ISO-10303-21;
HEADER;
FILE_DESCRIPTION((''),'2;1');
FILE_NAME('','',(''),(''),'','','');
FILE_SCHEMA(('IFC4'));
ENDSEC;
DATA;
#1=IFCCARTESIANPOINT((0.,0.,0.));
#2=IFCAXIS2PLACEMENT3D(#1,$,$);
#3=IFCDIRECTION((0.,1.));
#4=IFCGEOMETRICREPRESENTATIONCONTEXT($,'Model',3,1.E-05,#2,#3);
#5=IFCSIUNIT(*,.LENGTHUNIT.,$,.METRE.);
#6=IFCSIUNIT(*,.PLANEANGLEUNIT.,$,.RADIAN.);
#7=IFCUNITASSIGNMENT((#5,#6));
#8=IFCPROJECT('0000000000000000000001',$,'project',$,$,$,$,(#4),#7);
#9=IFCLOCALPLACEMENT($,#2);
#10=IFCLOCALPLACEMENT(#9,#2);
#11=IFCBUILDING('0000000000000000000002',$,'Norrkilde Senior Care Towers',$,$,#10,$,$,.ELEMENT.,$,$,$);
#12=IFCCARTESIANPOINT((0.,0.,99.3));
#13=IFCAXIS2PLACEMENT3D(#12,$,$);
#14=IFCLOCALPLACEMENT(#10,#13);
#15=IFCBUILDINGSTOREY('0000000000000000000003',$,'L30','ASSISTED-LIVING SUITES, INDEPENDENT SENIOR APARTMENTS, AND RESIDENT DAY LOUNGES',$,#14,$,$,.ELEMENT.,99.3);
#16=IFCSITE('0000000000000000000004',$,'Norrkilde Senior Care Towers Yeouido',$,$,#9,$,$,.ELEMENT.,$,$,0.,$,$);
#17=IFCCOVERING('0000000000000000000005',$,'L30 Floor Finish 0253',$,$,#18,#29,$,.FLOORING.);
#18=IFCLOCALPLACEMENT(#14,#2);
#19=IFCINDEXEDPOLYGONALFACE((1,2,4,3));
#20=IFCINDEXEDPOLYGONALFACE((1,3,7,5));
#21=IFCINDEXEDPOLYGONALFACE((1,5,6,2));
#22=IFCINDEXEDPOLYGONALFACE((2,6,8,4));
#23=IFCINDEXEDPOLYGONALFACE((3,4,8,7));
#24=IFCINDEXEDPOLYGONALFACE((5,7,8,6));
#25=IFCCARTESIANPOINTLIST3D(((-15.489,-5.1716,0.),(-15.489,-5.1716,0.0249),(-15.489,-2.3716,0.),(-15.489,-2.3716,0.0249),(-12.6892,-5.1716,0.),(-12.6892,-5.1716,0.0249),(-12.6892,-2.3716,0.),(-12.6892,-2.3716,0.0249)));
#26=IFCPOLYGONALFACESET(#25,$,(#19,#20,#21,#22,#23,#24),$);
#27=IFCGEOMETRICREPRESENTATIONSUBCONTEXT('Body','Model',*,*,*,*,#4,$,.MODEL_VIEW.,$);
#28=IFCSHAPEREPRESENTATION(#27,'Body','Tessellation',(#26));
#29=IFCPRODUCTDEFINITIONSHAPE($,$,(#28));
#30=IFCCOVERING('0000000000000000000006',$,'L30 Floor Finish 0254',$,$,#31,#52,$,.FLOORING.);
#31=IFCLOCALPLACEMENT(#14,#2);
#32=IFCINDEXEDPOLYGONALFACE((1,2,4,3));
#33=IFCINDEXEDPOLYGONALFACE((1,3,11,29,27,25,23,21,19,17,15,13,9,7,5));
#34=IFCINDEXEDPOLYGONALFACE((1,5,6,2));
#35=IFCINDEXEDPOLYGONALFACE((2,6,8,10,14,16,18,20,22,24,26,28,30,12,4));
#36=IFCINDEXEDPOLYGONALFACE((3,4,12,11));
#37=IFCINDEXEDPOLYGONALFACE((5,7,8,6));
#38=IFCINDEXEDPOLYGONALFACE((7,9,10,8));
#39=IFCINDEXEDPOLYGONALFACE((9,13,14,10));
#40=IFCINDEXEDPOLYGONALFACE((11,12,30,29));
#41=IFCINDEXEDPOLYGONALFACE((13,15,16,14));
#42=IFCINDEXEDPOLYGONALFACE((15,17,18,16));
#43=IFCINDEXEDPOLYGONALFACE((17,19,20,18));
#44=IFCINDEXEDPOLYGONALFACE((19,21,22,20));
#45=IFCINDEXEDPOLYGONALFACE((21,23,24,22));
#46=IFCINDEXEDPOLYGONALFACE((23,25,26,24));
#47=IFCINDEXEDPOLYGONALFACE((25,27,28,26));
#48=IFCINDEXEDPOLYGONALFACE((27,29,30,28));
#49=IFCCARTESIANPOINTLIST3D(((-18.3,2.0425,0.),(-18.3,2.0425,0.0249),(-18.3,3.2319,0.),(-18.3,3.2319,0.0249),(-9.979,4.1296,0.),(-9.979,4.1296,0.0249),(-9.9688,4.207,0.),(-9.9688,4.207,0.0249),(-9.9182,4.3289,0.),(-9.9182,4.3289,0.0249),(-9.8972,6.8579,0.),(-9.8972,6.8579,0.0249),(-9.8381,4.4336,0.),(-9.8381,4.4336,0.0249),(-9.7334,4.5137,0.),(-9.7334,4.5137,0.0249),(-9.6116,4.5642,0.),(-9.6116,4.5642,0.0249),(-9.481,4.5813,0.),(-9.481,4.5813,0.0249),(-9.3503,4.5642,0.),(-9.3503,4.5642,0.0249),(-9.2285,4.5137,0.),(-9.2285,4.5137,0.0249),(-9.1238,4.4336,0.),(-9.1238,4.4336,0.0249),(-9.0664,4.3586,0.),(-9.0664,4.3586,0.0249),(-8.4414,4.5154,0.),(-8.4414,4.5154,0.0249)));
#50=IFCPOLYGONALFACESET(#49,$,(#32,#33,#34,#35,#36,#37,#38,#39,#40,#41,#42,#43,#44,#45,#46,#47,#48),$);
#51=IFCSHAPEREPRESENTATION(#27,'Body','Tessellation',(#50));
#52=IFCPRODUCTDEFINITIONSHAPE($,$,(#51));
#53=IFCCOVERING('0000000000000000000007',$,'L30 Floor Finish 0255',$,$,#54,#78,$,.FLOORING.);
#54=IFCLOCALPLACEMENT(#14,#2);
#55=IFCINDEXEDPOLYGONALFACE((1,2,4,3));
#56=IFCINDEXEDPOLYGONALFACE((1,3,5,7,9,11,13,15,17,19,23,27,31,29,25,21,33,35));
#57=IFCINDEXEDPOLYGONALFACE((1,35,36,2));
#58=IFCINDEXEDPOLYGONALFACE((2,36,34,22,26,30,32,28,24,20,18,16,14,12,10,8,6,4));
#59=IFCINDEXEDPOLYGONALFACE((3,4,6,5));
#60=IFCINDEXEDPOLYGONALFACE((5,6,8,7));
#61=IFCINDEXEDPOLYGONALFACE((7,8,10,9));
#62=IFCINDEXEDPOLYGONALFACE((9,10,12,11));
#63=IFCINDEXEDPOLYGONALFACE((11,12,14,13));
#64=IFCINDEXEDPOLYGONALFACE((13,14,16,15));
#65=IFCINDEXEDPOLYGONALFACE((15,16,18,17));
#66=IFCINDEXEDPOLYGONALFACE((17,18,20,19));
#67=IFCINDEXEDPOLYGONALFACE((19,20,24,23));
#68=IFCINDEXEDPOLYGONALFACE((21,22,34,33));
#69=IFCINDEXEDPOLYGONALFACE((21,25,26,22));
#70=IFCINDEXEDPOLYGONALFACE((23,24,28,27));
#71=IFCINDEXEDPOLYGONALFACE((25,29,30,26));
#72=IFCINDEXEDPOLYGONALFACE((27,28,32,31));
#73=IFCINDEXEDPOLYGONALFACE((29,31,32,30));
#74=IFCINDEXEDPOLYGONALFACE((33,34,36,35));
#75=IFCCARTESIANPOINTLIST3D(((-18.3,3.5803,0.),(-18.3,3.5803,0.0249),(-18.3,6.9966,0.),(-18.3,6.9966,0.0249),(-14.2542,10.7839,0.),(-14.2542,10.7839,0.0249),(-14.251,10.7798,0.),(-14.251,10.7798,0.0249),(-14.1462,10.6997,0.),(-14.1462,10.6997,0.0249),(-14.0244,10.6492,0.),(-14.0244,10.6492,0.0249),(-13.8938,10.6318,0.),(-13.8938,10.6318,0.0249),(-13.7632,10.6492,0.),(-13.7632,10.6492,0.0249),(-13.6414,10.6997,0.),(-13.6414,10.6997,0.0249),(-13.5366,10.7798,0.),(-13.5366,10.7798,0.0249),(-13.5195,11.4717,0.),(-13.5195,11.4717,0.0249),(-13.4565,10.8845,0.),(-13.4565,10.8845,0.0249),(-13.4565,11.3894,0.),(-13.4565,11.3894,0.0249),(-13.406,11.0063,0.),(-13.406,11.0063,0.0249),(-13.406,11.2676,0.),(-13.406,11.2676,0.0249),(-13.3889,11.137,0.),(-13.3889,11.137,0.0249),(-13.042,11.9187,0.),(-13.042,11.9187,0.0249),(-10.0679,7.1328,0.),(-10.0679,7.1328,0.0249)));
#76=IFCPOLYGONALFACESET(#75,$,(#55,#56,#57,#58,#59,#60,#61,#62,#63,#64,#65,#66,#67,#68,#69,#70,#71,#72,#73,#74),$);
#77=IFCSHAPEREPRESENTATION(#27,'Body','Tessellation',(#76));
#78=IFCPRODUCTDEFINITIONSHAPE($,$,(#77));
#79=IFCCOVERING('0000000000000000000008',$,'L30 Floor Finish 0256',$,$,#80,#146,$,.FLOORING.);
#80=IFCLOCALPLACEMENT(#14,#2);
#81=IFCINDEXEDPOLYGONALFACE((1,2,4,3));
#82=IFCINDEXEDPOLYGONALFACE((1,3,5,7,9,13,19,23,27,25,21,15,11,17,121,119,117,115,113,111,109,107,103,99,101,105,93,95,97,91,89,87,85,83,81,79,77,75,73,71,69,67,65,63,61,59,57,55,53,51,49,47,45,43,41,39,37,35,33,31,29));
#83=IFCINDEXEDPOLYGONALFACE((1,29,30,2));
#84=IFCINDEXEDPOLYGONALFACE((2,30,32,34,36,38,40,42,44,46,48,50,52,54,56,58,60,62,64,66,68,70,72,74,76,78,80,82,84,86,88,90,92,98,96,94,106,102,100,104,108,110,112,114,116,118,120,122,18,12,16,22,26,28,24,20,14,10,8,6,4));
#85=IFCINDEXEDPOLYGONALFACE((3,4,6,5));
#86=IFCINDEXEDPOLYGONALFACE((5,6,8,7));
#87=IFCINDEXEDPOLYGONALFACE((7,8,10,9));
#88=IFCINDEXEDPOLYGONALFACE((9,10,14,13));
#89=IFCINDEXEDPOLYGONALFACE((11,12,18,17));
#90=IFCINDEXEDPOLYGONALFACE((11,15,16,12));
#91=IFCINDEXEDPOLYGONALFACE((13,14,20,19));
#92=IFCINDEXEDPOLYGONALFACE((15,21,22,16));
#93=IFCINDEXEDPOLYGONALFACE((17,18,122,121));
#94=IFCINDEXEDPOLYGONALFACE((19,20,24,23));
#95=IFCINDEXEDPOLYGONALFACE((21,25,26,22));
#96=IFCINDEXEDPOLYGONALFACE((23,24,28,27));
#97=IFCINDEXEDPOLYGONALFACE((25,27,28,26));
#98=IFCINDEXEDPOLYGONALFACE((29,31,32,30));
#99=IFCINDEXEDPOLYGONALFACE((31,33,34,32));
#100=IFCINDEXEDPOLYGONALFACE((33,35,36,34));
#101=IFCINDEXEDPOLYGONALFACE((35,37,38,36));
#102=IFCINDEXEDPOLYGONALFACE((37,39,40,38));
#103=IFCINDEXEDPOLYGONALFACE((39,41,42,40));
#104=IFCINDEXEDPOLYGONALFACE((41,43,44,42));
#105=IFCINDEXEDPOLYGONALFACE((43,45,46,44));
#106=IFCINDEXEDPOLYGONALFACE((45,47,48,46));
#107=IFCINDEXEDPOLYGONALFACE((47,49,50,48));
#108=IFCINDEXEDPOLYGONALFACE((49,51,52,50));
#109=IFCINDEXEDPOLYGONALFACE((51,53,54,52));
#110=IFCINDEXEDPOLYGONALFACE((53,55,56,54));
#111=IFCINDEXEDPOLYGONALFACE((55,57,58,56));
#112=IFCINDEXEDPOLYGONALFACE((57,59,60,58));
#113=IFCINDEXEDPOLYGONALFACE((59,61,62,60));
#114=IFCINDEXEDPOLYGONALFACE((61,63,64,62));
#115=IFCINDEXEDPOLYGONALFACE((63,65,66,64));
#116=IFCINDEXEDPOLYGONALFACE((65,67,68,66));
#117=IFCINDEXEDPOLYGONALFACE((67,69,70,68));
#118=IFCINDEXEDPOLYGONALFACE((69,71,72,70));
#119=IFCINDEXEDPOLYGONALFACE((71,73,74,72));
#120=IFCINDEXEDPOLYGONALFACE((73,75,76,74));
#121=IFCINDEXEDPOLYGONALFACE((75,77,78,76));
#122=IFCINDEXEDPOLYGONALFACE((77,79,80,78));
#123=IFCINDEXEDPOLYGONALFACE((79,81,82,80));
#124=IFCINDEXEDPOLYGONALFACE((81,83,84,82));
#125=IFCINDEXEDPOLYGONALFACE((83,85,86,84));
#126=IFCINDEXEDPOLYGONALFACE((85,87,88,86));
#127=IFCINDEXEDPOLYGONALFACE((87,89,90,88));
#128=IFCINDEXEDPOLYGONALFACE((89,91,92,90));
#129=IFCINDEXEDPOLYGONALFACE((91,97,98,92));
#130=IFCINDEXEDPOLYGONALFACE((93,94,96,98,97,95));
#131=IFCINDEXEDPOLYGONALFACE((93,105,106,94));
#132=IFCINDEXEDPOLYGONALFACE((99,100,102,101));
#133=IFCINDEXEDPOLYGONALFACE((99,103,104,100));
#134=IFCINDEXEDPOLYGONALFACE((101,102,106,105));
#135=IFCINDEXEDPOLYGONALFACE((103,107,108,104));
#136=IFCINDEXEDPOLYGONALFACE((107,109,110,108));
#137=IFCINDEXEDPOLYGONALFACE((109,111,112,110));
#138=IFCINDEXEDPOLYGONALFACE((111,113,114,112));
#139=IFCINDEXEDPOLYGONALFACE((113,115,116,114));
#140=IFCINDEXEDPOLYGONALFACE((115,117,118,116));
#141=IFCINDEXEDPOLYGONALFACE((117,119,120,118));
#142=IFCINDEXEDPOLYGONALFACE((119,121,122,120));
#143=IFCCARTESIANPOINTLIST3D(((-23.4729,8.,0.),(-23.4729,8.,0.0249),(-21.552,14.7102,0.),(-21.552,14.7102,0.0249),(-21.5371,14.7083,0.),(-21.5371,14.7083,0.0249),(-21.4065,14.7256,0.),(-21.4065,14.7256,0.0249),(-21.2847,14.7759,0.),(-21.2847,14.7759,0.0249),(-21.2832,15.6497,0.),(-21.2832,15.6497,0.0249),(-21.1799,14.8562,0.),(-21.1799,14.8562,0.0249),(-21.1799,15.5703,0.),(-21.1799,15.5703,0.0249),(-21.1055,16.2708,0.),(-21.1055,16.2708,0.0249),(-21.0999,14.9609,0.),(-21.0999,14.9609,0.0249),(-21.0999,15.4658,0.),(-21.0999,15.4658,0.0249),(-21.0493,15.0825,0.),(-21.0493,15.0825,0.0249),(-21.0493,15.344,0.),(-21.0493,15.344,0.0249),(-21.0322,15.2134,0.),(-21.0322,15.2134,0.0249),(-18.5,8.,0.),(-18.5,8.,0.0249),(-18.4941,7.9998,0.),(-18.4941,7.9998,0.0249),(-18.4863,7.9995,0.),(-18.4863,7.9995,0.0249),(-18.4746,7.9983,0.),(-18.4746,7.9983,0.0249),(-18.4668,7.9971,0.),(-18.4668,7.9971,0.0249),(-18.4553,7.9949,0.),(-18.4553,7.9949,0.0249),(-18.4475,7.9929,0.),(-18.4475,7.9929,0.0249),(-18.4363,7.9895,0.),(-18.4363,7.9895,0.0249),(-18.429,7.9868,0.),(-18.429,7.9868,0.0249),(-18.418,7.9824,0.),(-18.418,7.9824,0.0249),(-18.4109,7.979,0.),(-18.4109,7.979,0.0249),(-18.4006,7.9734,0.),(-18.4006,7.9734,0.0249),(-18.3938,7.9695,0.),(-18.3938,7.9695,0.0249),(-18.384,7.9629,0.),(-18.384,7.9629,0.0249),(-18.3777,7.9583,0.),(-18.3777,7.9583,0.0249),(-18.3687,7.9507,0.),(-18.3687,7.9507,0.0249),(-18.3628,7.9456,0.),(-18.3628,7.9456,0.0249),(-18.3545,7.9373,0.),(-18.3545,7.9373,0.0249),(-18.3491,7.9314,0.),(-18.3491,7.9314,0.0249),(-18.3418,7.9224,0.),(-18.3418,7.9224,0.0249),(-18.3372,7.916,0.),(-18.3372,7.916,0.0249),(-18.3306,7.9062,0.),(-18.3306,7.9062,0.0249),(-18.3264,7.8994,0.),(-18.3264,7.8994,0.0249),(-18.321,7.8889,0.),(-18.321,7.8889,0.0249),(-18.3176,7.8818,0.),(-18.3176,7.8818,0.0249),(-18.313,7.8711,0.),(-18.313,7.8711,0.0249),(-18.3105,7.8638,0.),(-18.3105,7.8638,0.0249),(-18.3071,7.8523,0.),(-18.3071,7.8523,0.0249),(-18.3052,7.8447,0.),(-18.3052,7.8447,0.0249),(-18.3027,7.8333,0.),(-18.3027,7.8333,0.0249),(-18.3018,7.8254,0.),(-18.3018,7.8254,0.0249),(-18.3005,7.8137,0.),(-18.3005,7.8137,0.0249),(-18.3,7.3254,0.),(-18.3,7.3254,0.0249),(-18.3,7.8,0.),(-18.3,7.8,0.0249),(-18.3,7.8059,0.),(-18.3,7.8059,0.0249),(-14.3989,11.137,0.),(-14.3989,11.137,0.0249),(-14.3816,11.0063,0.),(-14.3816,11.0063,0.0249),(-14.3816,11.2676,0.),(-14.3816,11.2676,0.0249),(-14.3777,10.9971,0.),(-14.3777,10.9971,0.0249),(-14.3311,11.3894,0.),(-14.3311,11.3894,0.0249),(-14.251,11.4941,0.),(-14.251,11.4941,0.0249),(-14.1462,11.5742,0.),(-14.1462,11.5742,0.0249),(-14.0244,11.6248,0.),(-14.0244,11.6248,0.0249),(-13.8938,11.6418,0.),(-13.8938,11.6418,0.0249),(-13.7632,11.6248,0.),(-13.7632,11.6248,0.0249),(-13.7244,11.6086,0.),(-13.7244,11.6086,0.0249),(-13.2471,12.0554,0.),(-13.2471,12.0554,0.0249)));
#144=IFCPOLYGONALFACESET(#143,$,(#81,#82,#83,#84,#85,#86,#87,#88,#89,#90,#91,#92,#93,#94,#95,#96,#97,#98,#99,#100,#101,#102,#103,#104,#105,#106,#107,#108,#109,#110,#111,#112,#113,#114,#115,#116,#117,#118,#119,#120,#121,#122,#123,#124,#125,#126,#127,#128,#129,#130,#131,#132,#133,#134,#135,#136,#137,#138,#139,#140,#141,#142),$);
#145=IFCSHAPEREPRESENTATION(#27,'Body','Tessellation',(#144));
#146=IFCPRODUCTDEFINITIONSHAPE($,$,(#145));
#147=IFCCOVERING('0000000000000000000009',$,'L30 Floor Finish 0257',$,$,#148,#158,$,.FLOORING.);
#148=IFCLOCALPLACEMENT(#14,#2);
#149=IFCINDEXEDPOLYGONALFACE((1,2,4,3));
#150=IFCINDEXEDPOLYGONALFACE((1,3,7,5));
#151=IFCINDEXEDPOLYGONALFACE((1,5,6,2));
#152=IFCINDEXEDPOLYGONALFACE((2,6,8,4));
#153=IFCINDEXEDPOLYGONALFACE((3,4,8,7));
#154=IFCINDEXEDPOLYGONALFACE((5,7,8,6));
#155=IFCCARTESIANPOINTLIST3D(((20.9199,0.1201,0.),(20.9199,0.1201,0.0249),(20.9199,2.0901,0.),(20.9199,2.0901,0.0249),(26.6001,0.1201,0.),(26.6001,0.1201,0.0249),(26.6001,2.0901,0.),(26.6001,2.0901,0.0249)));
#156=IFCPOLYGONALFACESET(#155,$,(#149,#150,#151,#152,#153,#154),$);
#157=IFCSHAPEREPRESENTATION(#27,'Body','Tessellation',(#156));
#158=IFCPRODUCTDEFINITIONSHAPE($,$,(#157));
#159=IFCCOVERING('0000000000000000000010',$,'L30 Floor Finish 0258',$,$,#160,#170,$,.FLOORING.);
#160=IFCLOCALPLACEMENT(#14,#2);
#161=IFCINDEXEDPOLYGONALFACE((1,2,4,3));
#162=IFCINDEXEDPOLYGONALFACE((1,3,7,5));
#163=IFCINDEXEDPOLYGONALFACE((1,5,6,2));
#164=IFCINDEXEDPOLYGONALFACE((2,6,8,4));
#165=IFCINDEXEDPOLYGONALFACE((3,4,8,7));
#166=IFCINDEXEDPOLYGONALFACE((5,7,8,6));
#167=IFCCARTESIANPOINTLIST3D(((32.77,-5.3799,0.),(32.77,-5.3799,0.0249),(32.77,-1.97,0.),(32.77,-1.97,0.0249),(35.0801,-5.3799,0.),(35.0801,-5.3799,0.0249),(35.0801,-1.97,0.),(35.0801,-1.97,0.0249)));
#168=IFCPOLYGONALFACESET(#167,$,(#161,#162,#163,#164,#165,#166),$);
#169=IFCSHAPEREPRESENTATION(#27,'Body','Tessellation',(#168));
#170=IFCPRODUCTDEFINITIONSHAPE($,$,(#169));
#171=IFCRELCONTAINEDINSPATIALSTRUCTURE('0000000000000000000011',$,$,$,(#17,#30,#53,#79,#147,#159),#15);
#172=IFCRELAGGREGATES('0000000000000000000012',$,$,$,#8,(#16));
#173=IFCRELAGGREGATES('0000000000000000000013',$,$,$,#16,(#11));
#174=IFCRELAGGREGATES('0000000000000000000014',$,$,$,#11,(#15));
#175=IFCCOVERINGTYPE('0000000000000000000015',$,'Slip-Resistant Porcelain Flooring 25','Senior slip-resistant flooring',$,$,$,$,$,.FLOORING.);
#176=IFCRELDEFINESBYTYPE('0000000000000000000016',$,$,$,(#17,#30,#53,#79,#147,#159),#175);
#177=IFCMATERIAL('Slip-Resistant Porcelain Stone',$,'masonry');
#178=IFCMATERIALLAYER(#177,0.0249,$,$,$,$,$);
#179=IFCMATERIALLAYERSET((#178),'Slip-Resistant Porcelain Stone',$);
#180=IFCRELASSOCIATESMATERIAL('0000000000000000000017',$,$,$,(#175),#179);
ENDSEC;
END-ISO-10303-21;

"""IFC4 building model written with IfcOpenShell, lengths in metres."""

from ifc_helpers import new_model, si_unit, direction, frame, origin, place, context, subcontext, project, spatial, polyline, outline, extrude, material, layer, layer_set, type_object, element, save


model = new_model("IFC4")

# Units and contexts
model_context = context("Model", 3, precision=1e-05, world=origin(), true_north=direction((0.0, 1.0)))
body_context = subcontext(model_context, "Body", "Model", "MODEL_VIEW")
ifc_project = project(units=[si_unit("LENGTHUNIT", "METRE"), si_unit("PLANEANGLEUNIT", "RADIAN")], contexts=[model_context])

# Site, building, storey
site_placement = place(None, origin())
site = spatial("IfcSite", under=ifc_project, at=site_placement, Name="Norrkilde Senior Care Towers Yeouido", CompositionType="ELEMENT", RefElevation=0.0)
building_placement = place(site_placement, origin())
building = spatial("IfcBuilding", under=site, at=building_placement, Name="Norrkilde Senior Care Towers", CompositionType="ELEMENT")
storey_placement = place(building_placement, frame((0.0, 0.0, 99.3)))
storey = spatial("IfcBuildingStorey", under=building, at=storey_placement, Name="L30", Description="ASSISTED-LIVING SUITES, INDEPENDENT SENIOR APARTMENTS, AND RESIDENT DAY LOUNGES", CompositionType="ELEMENT", Elevation=99.3)

# Coverings
ifc_material_1 = material(Name="Slip-Resistant Porcelain Stone", Category="masonry")
ifc_layer_1 = layer(ifc_material_1, 0.0249)
ifc_layer_set_1 = layer_set([ifc_layer_1], Name="Slip-Resistant Porcelain Stone")
covering_type_1 = type_object("IfcCoveringType", Name="Slip-Resistant Porcelain Flooring 25", Description="Senior slip-resistant flooring", PredefinedType="FLOORING", material=ifc_layer_set_1)
covering_1_placement = place(storey_placement, origin())
element("IfcCovering", 1, at=covering_1_placement, inside=storey, type_object=covering_type_1, Name="L30 Floor Finish 0253", PredefinedType="FLOORING", context=body_context, shape_type="SweptSolid", body=[
    extrude(outline(polyline([(-15.489, -5.1716), (-15.489, -2.3716), (-12.6892, -2.3716), (-12.6892, -5.1716), (-15.489, -5.1716)])), origin(), (0.0, 0.0, 1.0), 0.0249),
])
covering_2_placement = place(storey_placement, origin())
element("IfcCovering", 2, at=covering_2_placement, inside=storey, type_object=covering_type_1, Name="L30 Floor Finish 0254", PredefinedType="FLOORING", context=body_context, shape_type="SweptSolid", body=[
    extrude(outline(polyline([(-9.0664, 4.3586), (-9.1238, 4.4336), (-9.2285, 4.5137), (-9.3503, 4.5642), (-9.481, 4.5813), (-9.6116, 4.5642), (-9.7334, 4.5137), (-9.8381, 4.4336), (-9.9182, 4.3289), (-9.9688, 4.207), (-9.979, 4.1296), (-18.3, 2.0425), (-18.3, 3.2319), (-9.8972, 6.8579), (-8.4414, 4.5154), (-9.0664, 4.3586)])), origin(), (0.0, 0.0, 1.0), 0.0249),
])
covering_3_placement = place(storey_placement, origin())
element("IfcCovering", 3, at=covering_3_placement, inside=storey, type_object=covering_type_1, Name="L30 Floor Finish 0255", PredefinedType="FLOORING", context=body_context, shape_type="SweptSolid", body=[
    extrude(outline(polyline([(-10.0679, 7.1328), (-18.3, 3.5803), (-18.3, 6.9966), (-14.2542, 10.7839), (-14.251, 10.7798), (-14.1462, 10.6997), (-14.0244, 10.6492), (-13.8938, 10.6318), (-13.7632, 10.6492), (-13.6414, 10.6997), (-13.5366, 10.7798), (-13.4565, 10.8845), (-13.406, 11.0063), (-13.3889, 11.137), (-13.406, 11.2676), (-13.4565, 11.3894), (-13.5195, 11.4717), (-13.042, 11.9187), (-10.0679, 7.1328)])), origin(), (0.0, 0.0, 1.0), 0.0249),
])
covering_4_placement = place(storey_placement, origin())
element("IfcCovering", 4, at=covering_4_placement, inside=storey, type_object=covering_type_1, Name="L30 Floor Finish 0256", PredefinedType="FLOORING", context=body_context, shape_type="SweptSolid", body=[
    extrude(outline(polyline([(-18.3027, 7.8333), (-18.3052, 7.8447), (-18.3071, 7.8523), (-18.3105, 7.8638), (-18.313, 7.8711), (-18.3176, 7.8818), (-18.321, 7.8889), (-18.3264, 7.8994), (-18.3306, 7.9062), (-18.3372, 7.916), (-18.3418, 7.9224), (-18.3491, 7.9314), (-18.3545, 7.9373), (-18.3628, 7.9456), (-18.3687, 7.9507), (-18.3777, 7.9583), (-18.384, 7.9629), (-18.3938, 7.9695), (-18.4006, 7.9734), (-18.4109, 7.979), (-18.418, 7.9824), (-18.429, 7.9868), (-18.4363, 7.9895), (-18.4475, 7.9929), (-18.4553, 7.9949), (-18.4668, 7.9971), (-18.4746, 7.9983), (-18.4863, 7.9995), (-18.4941, 7.9998), (-18.5, 8.0), (-23.4729, 8.0), (-21.552, 14.7102), (-21.5371, 14.7083), (-21.4065, 14.7256), (-21.2847, 14.7759), (-21.1799, 14.8562), (-21.0999, 14.9609), (-21.0493, 15.0825), (-21.0322, 15.2134), (-21.0493, 15.344), (-21.0999, 15.4658), (-21.1799, 15.5703), (-21.2832, 15.6497), (-21.1055, 16.2708), (-13.2471, 12.0554), (-13.7244, 11.6086), (-13.7632, 11.6248), (-13.8938, 11.6418), (-14.0244, 11.6248), (-14.1462, 11.5742), (-14.251, 11.4941), (-14.3311, 11.3894), (-14.3816, 11.2676), (-14.3989, 11.137), (-14.3816, 11.0063), (-14.3777, 10.9971), (-18.3, 7.3254), (-18.3, 7.8), (-18.3, 7.8059), (-18.3005, 7.8137), (-18.3018, 7.8254), (-18.3027, 7.8333)])), origin(), (0.0, 0.0, 1.0), 0.0249),
])
covering_5_placement = place(storey_placement, origin())
element("IfcCovering", 5, at=covering_5_placement, inside=storey, type_object=covering_type_1, Name="L30 Floor Finish 0257", PredefinedType="FLOORING", context=body_context, shape_type="SweptSolid", body=[
    extrude(outline(polyline([(20.9199, 0.1201), (20.9199, 2.0901), (26.6001, 2.0901), (26.6001, 0.1201), (20.9199, 0.1201)])), origin(), (0.0, 0.0, 1.0), 0.0249),
])
covering_6_placement = place(storey_placement, origin())
element("IfcCovering", 6, at=covering_6_placement, inside=storey, type_object=covering_type_1, Name="L30 Floor Finish 0258", PredefinedType="FLOORING", context=body_context, shape_type="SweptSolid", body=[
    extrude(outline(polyline([(32.77, -5.3799), (32.77, -1.97), (35.0801, -1.97), (35.0801, -5.3799), (32.77, -5.3799)])), origin(), (0.0, 0.0, 1.0), 0.0249),
])

save(model, "model.ifc")
